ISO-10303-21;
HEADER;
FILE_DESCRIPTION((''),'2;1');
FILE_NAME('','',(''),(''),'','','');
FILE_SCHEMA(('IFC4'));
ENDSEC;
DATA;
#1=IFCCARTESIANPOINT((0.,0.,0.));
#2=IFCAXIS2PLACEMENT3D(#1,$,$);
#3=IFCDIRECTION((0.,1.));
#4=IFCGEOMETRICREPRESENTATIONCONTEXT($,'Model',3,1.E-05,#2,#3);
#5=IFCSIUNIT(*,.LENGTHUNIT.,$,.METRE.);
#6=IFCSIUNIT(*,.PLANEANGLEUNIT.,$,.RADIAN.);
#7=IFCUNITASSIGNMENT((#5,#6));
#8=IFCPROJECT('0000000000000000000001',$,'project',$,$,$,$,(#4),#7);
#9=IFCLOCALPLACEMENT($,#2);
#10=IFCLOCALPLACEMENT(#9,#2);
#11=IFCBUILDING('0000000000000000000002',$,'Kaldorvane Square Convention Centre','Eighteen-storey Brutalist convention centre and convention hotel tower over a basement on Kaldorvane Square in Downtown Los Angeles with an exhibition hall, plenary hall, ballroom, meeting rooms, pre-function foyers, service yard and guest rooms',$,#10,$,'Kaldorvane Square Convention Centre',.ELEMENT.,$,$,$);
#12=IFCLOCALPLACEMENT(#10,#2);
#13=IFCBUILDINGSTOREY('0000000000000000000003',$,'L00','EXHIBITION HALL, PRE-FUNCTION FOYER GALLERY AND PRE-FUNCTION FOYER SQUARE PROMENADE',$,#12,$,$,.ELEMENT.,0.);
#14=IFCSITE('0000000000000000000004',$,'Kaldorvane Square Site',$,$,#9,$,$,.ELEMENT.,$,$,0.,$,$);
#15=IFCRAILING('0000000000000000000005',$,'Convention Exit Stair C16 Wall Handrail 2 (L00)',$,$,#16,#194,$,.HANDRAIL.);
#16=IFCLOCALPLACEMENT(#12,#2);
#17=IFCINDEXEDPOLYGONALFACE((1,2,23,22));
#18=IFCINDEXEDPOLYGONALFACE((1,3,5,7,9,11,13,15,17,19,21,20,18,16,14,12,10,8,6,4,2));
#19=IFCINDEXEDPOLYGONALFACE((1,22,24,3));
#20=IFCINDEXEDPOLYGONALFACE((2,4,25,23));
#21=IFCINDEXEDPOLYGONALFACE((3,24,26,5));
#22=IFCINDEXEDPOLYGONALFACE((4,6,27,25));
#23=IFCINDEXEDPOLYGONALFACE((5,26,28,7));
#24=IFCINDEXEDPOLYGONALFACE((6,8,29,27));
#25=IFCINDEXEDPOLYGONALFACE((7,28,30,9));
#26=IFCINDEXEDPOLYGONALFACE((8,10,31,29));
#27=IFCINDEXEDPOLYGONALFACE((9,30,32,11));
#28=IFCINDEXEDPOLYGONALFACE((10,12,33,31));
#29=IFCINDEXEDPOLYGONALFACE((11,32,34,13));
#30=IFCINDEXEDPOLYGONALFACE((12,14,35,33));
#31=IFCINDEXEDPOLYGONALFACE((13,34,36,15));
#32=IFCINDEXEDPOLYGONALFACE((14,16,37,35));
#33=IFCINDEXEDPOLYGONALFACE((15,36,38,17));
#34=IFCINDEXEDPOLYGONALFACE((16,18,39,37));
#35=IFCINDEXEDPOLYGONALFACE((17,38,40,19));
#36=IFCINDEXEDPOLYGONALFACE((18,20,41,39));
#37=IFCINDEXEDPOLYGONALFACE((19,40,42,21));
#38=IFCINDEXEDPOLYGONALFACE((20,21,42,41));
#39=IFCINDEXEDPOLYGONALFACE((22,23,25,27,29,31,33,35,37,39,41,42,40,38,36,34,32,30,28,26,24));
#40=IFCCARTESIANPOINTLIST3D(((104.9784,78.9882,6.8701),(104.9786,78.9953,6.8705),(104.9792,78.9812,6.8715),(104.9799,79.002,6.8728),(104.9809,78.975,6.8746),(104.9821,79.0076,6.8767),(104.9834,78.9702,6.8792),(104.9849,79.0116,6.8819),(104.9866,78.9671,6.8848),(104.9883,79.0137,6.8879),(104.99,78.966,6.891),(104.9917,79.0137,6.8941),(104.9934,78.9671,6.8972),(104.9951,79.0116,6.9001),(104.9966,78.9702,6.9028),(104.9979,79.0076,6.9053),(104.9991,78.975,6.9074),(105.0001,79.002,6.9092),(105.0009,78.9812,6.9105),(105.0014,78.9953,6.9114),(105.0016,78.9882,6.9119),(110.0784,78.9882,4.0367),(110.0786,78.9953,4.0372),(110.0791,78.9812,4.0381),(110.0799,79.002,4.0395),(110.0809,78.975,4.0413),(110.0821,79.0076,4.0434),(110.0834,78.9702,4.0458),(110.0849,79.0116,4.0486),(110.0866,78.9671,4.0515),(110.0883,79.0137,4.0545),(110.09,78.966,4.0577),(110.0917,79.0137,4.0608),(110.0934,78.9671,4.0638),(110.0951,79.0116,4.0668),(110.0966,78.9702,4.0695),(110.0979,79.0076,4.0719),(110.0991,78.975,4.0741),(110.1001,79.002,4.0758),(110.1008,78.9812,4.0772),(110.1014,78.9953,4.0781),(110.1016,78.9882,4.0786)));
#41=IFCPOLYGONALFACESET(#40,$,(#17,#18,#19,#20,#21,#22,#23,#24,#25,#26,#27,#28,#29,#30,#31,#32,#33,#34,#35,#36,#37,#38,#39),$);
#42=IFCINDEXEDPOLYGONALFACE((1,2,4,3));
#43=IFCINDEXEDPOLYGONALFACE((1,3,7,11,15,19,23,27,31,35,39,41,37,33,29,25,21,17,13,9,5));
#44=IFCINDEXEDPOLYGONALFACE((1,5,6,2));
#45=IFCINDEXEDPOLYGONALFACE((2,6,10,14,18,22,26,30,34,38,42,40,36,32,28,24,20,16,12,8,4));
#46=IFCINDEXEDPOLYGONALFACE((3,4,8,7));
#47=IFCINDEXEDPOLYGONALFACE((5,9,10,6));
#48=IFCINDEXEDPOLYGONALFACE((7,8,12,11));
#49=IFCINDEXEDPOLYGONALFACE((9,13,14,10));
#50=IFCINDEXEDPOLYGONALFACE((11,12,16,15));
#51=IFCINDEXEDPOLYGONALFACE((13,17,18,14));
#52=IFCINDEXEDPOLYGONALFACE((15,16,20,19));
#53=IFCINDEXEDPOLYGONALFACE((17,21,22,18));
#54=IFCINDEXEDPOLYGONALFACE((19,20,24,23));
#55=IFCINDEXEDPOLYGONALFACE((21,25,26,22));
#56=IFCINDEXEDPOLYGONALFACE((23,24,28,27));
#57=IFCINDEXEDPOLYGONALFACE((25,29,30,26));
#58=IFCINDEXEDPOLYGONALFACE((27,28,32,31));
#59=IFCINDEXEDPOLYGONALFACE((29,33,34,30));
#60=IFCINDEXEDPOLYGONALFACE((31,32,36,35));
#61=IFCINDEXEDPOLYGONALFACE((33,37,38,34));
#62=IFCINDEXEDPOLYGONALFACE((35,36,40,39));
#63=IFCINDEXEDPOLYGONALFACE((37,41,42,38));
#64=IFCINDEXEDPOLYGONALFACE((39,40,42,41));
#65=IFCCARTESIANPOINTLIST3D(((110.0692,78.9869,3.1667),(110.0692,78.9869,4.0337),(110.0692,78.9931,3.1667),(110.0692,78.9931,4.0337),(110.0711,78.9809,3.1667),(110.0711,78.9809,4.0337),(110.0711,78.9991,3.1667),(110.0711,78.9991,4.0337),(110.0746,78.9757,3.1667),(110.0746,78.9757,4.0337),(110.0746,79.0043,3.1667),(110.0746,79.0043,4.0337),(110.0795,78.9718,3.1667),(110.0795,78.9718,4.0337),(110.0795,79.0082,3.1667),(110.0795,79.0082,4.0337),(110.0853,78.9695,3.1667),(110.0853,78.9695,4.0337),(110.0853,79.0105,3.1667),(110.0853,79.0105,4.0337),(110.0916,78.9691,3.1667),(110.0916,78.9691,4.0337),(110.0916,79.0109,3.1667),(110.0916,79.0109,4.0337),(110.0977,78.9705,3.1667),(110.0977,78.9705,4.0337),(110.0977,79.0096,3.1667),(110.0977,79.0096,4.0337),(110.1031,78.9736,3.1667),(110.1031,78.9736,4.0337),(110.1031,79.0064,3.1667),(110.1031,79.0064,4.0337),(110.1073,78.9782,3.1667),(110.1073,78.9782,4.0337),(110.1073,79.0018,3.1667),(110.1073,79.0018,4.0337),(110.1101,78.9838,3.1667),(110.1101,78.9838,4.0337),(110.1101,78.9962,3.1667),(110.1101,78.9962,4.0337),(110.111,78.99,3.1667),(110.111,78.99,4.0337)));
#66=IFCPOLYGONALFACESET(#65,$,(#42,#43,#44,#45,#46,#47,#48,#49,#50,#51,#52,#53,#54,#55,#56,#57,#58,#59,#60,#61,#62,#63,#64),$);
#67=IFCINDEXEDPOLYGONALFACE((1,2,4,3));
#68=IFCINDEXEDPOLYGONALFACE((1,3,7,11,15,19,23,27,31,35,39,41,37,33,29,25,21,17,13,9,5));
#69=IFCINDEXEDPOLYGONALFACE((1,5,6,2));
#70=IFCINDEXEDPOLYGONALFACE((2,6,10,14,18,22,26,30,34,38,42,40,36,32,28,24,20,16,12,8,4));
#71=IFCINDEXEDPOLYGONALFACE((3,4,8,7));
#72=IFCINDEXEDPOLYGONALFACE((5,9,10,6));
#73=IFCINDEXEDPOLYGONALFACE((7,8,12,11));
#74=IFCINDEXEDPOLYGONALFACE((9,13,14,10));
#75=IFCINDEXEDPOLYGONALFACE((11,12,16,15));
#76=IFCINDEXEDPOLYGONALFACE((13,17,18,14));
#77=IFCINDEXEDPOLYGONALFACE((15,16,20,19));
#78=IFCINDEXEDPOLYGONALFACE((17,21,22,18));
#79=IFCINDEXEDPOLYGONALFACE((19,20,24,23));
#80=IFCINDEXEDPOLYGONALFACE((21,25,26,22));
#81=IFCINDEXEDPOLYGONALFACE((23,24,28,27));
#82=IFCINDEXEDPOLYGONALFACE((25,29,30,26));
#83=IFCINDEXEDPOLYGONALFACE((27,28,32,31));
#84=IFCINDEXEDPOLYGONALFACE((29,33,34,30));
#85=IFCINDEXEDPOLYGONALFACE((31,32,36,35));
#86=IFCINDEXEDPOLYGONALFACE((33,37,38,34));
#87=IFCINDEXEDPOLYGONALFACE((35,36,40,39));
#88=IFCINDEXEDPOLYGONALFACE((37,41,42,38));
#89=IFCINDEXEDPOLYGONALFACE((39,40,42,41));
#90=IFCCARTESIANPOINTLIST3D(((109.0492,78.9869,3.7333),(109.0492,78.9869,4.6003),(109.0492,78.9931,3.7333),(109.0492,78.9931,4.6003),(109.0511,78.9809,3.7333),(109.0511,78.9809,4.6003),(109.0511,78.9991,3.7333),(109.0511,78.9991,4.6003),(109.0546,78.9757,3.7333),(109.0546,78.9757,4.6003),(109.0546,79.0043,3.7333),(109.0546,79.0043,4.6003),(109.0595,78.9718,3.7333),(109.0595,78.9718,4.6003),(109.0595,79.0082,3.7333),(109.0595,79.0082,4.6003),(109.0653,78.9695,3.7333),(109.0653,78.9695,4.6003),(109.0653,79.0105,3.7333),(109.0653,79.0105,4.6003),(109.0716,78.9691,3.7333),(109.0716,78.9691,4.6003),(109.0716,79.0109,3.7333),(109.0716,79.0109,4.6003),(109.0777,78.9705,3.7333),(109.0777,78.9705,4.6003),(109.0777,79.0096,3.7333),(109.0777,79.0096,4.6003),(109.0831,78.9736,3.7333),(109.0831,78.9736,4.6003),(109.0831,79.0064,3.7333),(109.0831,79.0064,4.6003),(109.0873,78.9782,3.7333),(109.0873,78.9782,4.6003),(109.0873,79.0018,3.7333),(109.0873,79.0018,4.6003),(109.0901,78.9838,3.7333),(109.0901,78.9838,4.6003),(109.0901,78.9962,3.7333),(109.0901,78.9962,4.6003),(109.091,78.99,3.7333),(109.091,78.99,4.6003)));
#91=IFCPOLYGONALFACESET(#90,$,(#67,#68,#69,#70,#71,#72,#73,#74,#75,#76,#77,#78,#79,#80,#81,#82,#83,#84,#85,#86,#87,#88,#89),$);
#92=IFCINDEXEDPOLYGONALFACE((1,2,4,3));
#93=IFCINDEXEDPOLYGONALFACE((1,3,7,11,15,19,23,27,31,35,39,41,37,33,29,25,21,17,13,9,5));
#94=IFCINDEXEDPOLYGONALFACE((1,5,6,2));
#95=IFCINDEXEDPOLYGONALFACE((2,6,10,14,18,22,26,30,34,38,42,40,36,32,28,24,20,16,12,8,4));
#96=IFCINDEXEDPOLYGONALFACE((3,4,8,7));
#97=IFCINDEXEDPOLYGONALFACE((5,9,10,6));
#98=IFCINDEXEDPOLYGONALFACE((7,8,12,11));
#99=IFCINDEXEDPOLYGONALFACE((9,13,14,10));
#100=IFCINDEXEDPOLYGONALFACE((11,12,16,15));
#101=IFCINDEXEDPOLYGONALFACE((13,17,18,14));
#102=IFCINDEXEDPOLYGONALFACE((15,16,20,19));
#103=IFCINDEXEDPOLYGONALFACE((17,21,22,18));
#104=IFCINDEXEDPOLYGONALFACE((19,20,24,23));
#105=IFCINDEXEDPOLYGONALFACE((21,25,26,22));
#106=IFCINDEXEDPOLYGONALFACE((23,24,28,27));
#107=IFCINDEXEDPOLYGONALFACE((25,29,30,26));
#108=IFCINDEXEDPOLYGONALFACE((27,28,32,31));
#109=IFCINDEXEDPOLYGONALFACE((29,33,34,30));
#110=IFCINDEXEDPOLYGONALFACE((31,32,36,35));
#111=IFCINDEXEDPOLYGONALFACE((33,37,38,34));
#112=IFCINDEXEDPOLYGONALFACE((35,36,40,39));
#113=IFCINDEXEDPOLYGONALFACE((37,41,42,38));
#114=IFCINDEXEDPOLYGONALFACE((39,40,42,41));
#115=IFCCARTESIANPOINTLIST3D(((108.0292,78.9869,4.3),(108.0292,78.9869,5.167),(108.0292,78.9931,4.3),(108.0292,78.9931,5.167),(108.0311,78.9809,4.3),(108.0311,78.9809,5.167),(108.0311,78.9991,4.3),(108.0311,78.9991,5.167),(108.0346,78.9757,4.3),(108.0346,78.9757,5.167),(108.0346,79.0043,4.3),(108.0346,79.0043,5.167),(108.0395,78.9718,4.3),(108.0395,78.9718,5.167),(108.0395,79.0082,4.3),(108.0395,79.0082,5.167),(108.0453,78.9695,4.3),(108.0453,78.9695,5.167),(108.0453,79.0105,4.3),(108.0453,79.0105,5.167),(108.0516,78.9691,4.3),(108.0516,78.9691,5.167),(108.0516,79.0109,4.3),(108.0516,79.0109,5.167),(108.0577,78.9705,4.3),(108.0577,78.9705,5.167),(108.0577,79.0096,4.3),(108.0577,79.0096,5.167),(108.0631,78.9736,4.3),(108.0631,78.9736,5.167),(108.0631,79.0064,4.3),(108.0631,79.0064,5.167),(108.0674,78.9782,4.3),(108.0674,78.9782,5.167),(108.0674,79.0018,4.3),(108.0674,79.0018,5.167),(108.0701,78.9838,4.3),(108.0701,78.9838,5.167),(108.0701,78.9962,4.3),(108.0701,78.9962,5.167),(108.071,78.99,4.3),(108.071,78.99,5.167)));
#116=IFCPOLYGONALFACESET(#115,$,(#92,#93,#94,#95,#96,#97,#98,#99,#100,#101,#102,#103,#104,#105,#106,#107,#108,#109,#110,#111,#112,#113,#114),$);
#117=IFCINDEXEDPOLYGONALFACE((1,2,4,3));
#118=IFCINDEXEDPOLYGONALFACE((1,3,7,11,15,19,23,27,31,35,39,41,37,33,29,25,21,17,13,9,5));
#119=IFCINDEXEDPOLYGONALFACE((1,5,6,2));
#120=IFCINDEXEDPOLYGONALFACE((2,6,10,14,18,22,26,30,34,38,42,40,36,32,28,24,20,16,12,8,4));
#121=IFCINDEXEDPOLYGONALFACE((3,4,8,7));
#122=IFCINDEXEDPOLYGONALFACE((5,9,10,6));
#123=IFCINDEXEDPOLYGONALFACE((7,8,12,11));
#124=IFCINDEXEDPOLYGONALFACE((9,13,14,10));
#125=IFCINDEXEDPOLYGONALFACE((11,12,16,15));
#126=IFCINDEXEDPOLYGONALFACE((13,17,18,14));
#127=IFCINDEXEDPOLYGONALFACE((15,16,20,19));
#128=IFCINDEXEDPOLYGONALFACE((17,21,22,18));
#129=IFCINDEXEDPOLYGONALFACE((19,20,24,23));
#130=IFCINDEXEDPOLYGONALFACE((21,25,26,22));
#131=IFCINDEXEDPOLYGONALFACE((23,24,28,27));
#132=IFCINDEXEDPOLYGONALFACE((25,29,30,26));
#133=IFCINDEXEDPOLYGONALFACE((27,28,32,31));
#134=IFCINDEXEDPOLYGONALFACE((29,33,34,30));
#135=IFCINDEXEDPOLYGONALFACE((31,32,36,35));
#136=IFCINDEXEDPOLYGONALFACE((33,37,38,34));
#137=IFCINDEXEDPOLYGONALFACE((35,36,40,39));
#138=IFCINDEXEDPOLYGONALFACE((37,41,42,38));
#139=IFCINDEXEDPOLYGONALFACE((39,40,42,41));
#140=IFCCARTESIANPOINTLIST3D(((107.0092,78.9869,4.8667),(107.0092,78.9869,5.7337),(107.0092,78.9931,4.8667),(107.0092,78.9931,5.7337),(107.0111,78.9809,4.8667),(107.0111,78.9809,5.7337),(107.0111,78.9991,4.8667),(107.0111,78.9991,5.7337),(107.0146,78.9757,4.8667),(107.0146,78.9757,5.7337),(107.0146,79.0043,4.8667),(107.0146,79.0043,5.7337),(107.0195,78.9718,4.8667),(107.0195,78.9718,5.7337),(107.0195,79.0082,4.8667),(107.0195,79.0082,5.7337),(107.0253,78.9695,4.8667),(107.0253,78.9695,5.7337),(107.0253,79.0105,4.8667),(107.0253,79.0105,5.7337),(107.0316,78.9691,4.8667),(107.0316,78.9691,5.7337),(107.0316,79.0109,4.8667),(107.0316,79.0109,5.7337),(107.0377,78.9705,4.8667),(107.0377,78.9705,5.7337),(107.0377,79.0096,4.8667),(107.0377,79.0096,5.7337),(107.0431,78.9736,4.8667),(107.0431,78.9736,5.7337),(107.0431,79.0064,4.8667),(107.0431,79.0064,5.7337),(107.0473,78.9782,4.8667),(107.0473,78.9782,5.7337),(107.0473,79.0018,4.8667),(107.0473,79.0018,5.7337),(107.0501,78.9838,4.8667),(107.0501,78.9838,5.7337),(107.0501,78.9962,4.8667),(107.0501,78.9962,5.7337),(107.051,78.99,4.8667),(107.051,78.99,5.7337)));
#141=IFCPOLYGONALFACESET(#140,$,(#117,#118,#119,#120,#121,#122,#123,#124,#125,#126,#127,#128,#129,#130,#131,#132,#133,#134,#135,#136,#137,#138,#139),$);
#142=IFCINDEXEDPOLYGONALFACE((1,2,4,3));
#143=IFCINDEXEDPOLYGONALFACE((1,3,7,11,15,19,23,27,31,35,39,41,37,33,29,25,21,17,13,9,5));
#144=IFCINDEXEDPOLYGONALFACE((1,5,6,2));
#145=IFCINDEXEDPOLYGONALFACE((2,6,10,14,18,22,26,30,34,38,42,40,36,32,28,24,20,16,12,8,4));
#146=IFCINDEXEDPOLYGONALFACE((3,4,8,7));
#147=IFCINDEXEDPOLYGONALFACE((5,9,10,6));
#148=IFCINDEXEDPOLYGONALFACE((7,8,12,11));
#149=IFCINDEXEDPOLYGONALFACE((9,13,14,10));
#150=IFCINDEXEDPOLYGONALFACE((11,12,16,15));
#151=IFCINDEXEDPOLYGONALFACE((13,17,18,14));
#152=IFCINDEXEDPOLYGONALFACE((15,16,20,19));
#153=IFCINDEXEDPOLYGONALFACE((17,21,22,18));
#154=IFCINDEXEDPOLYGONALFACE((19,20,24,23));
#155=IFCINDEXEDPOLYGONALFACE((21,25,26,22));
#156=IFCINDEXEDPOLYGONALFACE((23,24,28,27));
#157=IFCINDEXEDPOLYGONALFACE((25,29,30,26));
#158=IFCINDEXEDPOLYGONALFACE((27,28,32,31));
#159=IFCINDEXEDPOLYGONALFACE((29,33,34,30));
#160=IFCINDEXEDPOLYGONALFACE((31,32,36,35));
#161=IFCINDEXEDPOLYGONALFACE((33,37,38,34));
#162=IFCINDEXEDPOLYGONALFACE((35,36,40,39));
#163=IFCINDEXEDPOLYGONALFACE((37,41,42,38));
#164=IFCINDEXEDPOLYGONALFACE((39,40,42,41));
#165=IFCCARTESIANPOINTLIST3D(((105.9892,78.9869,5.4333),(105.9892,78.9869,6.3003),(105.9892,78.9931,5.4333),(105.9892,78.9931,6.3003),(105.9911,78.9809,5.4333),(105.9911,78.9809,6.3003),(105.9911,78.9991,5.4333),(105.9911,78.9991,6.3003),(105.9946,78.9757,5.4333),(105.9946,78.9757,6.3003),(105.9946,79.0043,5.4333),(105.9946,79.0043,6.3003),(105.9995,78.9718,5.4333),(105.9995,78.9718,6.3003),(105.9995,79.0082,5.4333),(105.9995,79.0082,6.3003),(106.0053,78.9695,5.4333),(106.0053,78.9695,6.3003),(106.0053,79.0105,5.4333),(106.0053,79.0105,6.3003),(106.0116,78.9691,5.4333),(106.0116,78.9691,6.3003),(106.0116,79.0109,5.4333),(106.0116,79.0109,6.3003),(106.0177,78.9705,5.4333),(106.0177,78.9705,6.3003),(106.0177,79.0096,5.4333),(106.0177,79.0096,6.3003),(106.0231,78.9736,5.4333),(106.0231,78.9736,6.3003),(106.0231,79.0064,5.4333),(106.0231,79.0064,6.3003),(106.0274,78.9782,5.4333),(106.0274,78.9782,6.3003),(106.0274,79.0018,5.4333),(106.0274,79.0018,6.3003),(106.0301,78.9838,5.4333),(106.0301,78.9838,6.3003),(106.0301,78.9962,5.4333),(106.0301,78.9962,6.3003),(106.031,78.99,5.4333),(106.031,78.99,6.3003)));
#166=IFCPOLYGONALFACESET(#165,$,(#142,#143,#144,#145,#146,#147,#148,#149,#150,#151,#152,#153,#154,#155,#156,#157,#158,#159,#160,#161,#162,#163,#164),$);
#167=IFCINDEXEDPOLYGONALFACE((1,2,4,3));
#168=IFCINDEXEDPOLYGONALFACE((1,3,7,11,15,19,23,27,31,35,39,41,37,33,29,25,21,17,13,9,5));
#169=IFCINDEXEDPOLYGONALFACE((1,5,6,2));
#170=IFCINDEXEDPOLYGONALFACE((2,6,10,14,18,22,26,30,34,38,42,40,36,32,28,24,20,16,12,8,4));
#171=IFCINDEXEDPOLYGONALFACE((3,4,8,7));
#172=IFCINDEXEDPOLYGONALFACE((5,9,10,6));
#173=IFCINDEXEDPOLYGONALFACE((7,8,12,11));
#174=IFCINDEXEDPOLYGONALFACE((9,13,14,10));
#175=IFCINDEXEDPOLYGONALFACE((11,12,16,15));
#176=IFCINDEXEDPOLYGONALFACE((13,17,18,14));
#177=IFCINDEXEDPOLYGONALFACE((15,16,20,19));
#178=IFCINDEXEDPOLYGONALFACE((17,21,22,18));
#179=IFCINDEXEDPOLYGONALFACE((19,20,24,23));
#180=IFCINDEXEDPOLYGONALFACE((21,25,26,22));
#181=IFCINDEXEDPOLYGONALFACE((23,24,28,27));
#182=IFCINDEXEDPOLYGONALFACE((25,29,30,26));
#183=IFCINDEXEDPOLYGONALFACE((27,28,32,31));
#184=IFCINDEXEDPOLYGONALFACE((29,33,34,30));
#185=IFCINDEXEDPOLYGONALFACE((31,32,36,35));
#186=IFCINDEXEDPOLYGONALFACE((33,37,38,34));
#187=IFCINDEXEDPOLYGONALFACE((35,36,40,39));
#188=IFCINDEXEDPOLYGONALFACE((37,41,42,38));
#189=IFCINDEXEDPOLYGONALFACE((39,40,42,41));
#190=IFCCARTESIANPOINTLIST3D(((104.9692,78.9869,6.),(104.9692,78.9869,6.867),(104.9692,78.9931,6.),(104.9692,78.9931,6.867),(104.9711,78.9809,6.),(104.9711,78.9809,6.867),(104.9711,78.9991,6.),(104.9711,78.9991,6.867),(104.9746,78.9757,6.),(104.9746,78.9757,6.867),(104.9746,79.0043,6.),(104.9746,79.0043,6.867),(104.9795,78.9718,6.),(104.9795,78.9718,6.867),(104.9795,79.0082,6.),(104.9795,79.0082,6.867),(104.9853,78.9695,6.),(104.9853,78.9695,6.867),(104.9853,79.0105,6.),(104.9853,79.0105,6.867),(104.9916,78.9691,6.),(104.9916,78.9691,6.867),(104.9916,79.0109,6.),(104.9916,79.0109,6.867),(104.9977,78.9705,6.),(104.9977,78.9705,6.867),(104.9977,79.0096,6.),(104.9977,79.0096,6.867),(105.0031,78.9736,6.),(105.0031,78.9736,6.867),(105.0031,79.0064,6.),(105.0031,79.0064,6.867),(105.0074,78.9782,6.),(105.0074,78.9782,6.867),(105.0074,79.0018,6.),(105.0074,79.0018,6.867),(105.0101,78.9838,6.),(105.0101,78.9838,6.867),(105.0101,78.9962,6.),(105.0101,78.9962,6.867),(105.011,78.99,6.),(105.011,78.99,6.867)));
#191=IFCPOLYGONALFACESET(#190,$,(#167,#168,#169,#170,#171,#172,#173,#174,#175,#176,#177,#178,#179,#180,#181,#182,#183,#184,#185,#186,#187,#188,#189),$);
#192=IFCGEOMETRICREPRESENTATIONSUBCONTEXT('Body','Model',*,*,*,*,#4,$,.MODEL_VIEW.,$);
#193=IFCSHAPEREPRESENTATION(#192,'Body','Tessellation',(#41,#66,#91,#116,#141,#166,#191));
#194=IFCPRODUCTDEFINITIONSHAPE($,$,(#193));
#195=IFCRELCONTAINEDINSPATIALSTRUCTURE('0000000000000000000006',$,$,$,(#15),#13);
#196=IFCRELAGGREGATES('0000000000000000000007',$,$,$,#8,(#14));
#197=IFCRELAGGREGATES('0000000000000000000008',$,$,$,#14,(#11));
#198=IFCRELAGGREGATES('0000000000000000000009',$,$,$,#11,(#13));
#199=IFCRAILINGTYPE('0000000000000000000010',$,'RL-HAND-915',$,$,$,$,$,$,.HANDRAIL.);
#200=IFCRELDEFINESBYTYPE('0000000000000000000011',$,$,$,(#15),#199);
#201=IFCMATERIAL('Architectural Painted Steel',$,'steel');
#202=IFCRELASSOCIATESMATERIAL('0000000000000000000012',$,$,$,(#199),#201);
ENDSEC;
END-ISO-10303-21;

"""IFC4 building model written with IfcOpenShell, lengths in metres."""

from ifc_helpers import new_model, si_unit, direction, frame, origin, origin_2d, place, context, subcontext, project, spatial, circle, extrude, material, type_object, element, save


model = new_model("IFC4")

# Units and contexts
model_context = context("Model", 3, precision=1e-05, world=origin(), true_north=direction((0.0, 1.0)))
body_context = subcontext(model_context, "Body", "Model", "MODEL_VIEW")
ifc_project = project(units=[si_unit("LENGTHUNIT", "METRE"), si_unit("PLANEANGLEUNIT", "RADIAN")], contexts=[model_context])

# Site, building, storey
site_placement = place(None, origin())
site = spatial("IfcSite", under=ifc_project, at=site_placement, Name="Kaldorvane Square Site", CompositionType="ELEMENT", RefElevation=0.0)
building_placement = place(site_placement, origin())
building = spatial("IfcBuilding", under=site, at=building_placement, Name="Kaldorvane Square Convention Centre", Description="Eighteen-storey Brutalist convention centre and convention hotel tower over a basement on Kaldorvane Square in Downtown Los Angeles with an exhibition hall, plenary hall, ballroom, meeting rooms, pre-function foyers, service yard and guest rooms", LongName="Kaldorvane Square Convention Centre", CompositionType="ELEMENT")
storey_placement = place(building_placement, origin())
storey = spatial("IfcBuildingStorey", under=building, at=storey_placement, Name="L00", Description="EXHIBITION HALL, PRE-FUNCTION FOYER GALLERY AND PRE-FUNCTION FOYER SQUARE PROMENADE", CompositionType="ELEMENT", Elevation=0.0)

# Railing
ifc_material_1 = material(Name="Architectural Painted Steel", Category="steel")
railing_type_1 = type_object("IfcRailingType", Name="RL-HAND-915", PredefinedType="HANDRAIL", material=ifc_material_1)
railing_1_placement = place(storey_placement, frame((110.09, 78.99, 3.1667)))
element("IfcRailing", 1, at=railing_1_placement, inside=storey, type_object=railing_type_1, Name="Convention Exit Stair C16 Wall Handrail 2 (L00)", PredefinedType="HANDRAIL", context=body_context, shape_type="SweptSolid", body=[
    extrude(circle(Radius=0.024, at=origin_2d()), frame((0.0, 0.0, 0.891), z_axis=(-0.874157, 0.0, 0.485643), x_axis=(0.0, -1.0, 0.0)), (0.0, 0.0, 1.0), 5.8342),
    extrude(circle(Radius=0.021, at=origin_2d()), origin(), (0.0, 0.0, 1.0), 0.867),
    extrude(circle(Radius=0.021, at=origin_2d()), frame((-1.02, 0.0, 0.5667)), (0.0, 0.0, 1.0), 0.867),
    extrude(circle(Radius=0.021, at=origin_2d()), frame((-2.04, 0.0, 1.1333)), (0.0, 0.0, 1.0), 0.867),
    extrude(circle(Radius=0.021, at=origin_2d()), frame((-3.06, 0.0, 1.7)), (0.0, 0.0, 1.0), 0.867),
    extrude(circle(Radius=0.021, at=origin_2d()), frame((-4.08, 0.0, 2.2667)), (0.0, 0.0, 1.0), 0.867),
    extrude(circle(Radius=0.021, at=origin_2d()), frame((-5.1, 0.0, 2.8333)), (0.0, 0.0, 1.0), 0.867),
])

save(model, "model.ifc")
